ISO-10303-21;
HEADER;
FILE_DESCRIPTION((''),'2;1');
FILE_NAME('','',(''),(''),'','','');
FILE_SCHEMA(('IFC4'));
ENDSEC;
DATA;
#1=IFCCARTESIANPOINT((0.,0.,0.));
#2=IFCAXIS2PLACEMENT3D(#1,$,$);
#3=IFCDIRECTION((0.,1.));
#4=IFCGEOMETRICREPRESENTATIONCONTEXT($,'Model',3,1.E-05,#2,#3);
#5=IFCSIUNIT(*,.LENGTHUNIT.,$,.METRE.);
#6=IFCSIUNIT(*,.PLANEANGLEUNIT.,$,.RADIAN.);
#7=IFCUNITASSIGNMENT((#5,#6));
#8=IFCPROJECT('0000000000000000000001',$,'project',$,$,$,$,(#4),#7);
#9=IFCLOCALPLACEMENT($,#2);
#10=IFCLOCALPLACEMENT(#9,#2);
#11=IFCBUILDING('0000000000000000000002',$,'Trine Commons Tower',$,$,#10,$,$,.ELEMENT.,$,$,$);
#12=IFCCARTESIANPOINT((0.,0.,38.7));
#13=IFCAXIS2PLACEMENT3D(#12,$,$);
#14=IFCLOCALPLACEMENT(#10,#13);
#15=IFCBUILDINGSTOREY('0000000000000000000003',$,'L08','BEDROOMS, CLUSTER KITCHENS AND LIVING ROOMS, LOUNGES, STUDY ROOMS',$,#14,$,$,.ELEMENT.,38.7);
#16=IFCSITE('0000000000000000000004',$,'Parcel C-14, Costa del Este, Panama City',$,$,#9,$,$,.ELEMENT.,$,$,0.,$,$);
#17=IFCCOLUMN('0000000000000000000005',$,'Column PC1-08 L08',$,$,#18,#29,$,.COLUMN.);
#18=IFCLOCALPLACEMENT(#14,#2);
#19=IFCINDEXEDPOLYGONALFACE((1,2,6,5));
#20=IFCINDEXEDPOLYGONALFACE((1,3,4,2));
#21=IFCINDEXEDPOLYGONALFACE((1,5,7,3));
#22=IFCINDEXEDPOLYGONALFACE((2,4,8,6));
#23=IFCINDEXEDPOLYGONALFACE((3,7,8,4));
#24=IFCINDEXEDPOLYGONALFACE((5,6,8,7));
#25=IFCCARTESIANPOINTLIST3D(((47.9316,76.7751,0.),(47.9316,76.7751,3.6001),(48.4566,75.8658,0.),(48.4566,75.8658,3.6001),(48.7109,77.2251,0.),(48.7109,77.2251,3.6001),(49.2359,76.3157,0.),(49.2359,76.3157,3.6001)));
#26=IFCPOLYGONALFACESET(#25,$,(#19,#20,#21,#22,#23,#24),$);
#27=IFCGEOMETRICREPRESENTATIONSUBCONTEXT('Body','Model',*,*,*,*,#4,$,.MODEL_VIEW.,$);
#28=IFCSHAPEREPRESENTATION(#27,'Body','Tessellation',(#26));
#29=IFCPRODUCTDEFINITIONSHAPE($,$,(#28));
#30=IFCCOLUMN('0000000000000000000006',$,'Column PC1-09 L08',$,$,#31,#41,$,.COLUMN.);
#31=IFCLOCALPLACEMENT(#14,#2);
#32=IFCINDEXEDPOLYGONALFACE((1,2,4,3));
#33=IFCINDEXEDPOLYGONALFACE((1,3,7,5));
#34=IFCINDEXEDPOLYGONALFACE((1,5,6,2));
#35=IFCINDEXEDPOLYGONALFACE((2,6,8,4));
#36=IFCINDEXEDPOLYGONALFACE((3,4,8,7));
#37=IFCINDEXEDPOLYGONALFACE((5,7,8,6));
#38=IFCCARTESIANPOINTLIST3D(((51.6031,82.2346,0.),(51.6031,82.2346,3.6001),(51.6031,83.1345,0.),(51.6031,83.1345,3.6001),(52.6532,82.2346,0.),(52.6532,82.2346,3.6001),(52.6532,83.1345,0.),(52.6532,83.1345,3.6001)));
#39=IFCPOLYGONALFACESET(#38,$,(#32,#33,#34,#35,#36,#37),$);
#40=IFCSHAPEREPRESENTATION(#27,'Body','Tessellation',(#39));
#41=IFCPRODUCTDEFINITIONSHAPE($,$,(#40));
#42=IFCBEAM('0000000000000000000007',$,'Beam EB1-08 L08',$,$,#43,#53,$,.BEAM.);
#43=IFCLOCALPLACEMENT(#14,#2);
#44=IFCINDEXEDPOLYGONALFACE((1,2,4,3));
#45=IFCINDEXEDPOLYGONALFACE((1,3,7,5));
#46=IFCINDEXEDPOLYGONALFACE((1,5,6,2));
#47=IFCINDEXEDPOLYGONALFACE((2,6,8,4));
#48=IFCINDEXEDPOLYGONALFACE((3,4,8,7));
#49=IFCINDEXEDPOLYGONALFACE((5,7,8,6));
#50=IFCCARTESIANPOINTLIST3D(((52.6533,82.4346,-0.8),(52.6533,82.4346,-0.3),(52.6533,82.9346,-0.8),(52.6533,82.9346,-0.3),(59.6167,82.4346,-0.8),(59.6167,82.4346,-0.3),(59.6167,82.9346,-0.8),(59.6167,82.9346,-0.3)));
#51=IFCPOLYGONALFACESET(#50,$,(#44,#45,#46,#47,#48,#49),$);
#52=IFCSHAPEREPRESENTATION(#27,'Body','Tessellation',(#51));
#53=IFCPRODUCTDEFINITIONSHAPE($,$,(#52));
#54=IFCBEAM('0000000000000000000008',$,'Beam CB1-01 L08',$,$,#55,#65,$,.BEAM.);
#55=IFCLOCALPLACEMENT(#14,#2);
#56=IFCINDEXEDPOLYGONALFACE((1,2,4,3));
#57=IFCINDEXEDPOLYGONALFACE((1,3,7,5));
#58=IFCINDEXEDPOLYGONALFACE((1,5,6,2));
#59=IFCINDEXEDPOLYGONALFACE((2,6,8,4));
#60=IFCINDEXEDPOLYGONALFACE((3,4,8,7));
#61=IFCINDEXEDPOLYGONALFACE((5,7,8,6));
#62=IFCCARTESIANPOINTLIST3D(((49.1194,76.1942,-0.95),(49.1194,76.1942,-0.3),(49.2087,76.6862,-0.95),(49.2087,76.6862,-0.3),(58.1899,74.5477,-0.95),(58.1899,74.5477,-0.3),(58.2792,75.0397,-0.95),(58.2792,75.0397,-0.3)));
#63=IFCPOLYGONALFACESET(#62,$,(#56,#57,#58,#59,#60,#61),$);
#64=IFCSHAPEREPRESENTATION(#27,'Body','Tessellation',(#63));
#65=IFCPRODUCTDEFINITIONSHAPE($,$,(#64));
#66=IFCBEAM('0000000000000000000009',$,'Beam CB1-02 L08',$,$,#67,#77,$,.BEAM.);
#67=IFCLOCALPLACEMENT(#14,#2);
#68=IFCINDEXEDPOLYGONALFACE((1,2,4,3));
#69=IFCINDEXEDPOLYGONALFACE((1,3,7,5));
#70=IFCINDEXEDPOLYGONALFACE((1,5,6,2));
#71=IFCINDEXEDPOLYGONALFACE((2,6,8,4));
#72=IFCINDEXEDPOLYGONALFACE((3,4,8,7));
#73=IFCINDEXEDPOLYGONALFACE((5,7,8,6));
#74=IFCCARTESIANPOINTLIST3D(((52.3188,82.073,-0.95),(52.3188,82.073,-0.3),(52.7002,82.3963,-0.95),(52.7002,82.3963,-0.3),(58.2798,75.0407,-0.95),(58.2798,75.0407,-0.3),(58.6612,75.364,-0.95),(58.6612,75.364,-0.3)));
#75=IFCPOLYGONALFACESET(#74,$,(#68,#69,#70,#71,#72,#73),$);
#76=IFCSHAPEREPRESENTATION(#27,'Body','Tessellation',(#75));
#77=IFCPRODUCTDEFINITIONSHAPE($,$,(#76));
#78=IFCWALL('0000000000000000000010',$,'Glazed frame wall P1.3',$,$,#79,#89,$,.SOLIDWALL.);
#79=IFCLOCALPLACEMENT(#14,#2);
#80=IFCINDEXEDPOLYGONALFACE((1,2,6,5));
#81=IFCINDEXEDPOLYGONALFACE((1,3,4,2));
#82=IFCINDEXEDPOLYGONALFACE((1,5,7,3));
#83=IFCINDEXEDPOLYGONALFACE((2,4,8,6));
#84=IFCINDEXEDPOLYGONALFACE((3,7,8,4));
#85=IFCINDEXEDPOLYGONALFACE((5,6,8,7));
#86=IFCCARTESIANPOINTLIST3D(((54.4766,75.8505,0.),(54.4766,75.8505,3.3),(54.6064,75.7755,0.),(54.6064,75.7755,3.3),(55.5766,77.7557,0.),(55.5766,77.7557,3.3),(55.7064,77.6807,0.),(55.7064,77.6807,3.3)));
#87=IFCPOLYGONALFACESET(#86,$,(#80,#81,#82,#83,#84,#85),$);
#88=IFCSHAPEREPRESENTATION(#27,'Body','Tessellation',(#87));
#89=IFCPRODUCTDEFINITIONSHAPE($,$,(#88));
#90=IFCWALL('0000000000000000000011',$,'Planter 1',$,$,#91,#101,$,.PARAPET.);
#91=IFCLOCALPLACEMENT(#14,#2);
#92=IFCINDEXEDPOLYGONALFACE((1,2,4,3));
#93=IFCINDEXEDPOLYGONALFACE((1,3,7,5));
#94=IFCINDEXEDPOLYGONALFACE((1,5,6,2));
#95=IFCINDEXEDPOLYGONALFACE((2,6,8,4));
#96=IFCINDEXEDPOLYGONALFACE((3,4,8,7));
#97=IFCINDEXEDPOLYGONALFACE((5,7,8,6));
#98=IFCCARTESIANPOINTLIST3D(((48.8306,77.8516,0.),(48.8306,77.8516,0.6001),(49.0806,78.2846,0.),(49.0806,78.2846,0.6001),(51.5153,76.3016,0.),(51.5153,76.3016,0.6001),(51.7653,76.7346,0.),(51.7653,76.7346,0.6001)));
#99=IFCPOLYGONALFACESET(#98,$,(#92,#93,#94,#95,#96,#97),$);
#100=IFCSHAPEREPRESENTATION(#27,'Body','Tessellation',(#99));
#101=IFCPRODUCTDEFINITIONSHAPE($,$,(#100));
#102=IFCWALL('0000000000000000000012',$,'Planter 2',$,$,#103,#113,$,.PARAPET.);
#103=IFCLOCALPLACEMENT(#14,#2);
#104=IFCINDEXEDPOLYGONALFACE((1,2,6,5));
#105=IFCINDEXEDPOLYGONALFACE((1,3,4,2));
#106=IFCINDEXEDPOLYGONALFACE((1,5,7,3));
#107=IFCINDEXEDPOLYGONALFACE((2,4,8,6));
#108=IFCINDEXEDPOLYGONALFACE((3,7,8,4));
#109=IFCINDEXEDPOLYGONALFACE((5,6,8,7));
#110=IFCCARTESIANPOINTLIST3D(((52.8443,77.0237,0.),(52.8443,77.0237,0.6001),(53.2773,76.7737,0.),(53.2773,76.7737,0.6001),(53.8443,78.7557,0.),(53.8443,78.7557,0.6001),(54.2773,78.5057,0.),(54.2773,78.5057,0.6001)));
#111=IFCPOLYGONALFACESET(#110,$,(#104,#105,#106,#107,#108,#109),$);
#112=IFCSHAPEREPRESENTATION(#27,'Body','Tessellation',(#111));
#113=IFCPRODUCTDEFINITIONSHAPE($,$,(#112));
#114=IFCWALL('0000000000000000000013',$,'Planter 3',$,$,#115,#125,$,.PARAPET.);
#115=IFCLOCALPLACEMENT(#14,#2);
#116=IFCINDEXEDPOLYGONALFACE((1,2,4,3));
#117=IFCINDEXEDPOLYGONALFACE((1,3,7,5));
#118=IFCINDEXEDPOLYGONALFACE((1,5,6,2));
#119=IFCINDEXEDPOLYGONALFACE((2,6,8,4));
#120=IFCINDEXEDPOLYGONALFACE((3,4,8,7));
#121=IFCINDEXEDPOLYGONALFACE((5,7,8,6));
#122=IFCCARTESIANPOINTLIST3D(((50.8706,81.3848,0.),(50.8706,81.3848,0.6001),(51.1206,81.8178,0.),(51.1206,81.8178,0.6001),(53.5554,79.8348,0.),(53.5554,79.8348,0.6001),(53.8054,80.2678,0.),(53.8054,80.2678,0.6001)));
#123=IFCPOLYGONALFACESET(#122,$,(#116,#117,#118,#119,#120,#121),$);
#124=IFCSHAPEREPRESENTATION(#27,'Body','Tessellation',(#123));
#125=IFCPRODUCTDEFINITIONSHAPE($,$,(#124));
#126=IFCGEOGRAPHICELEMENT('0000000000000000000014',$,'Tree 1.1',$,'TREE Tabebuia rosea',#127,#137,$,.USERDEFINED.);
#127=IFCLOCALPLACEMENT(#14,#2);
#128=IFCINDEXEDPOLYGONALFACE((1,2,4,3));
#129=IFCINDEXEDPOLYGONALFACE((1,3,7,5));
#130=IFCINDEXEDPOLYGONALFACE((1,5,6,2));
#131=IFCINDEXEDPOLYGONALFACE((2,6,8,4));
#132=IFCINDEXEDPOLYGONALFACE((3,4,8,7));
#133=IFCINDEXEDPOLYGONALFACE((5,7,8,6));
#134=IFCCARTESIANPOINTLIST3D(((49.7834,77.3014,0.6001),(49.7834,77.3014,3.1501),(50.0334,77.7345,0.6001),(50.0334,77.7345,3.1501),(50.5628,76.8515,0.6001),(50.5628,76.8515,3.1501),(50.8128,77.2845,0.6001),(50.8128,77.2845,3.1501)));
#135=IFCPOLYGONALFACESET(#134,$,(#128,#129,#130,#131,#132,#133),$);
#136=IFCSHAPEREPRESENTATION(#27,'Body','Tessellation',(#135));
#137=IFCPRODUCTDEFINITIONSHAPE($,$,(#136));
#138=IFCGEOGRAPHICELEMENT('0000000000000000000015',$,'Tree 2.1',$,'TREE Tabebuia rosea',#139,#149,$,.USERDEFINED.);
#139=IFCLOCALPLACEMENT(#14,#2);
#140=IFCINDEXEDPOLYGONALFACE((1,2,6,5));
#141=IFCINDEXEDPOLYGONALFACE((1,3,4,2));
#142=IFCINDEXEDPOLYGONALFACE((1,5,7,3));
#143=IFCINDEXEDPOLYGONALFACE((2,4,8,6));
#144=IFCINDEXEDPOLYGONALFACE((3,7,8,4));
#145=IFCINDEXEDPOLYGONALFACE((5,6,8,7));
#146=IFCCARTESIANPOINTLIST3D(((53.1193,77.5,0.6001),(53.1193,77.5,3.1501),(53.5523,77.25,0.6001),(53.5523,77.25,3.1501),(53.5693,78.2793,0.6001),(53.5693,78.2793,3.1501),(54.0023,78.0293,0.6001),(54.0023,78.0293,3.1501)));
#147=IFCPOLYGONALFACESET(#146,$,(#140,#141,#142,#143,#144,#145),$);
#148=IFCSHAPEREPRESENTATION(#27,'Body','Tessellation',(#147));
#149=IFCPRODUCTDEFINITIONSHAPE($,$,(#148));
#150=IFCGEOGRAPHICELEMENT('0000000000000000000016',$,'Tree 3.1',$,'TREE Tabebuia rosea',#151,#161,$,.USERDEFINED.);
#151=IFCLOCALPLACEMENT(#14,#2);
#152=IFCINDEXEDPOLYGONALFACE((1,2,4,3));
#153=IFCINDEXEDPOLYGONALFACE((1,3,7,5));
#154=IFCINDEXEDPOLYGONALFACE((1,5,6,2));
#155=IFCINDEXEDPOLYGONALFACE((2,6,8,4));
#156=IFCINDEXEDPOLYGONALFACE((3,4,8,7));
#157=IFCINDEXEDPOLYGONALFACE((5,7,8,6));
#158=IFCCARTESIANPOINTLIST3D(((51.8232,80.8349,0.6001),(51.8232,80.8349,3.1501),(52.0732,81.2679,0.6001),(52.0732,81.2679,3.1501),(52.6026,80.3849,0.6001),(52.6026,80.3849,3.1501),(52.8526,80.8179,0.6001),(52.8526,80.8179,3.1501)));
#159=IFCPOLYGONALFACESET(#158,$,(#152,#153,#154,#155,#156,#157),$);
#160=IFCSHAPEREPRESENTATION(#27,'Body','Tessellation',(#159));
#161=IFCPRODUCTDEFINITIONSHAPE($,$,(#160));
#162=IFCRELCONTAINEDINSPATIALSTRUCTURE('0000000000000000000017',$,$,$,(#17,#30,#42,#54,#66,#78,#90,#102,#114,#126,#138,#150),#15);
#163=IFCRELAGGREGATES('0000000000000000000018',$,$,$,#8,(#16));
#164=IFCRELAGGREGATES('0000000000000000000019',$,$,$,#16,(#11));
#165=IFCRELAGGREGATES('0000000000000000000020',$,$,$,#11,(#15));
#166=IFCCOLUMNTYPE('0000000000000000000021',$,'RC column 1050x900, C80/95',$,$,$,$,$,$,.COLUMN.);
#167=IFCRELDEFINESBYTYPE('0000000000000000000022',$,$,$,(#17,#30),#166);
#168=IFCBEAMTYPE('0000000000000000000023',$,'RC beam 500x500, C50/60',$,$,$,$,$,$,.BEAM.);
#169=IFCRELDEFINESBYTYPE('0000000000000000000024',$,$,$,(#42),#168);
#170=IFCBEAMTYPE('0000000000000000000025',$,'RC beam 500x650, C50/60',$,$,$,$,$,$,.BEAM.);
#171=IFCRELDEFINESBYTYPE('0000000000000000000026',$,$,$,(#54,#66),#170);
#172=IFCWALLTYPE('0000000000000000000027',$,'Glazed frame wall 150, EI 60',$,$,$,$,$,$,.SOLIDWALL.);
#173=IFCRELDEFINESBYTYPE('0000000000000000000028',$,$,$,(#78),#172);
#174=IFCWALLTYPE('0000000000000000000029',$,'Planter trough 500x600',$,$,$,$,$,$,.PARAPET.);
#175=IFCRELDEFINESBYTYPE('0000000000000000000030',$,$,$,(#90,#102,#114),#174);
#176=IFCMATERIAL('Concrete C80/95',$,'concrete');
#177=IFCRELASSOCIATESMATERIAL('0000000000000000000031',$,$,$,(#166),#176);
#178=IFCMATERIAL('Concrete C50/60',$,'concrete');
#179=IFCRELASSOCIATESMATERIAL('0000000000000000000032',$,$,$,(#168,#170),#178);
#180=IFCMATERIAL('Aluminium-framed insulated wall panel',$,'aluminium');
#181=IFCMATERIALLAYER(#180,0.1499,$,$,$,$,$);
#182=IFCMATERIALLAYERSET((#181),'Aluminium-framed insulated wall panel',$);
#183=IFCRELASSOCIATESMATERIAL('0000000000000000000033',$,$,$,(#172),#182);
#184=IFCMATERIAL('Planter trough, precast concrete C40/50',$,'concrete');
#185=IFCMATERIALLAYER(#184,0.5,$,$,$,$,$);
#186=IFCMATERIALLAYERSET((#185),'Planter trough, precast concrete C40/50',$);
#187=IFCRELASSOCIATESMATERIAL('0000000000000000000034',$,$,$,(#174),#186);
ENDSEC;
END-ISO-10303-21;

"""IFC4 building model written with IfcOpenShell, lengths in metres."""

from ifc_helpers import new_model, si_unit, direction, frame, frame_2d, origin, origin_2d, place, context, subcontext, project, spatial, polyline, rectangle, outline, extrude, material, layer, layer_set, material_profile, profile_set, type_object, element, save


model = new_model("IFC4")

# Units and contexts
model_context = context("Model", 3, precision=1e-05, world=origin(), true_north=direction((0.0, 1.0)))
body_context = subcontext(model_context, "Body", "Model", "MODEL_VIEW")
ifc_project = project(units=[si_unit("LENGTHUNIT", "METRE"), si_unit("PLANEANGLEUNIT", "RADIAN")], contexts=[model_context])

# Site, building, storey
site_placement = place(None, origin())
site = spatial("IfcSite", under=ifc_project, at=site_placement, Name="Parcel C-14, Costa del Este, Panama City", CompositionType="ELEMENT", RefElevation=0.0)
building_placement = place(site_placement, origin())
building = spatial("IfcBuilding", under=site, at=building_placement, Name="Trine Commons Tower", CompositionType="ELEMENT")
storey_placement = place(building_placement, frame((0.0, 0.0, 38.7)))
storey = spatial("IfcBuildingStorey", under=building, at=storey_placement, Name="L08", Description="BEDROOMS, CLUSTER KITCHENS AND LIVING ROOMS, LOUNGES, STUDY ROOMS", CompositionType="ELEMENT", Elevation=38.7)

# Columns
ifc_material_1 = material(Name="Concrete C80/95", Category="concrete")
ifc_material_profile_1 = material_profile(ifc_material_1, rectangle(XDim=1.05, YDim=0.8999, at=origin_2d()), Name="RC 1050x900")
ifc_profile_set_1 = profile_set([ifc_material_profile_1], Name="Concrete C80/95")
column_type = type_object("IfcColumnType", Name="RC column 1050x900, C80/95", PredefinedType="COLUMN", material=ifc_profile_set_1)
for number, where, z_axis, x_axis, name in (
    (1, (48.5837, 76.5454, 0.0), (0.0, 0.0, 1.0), (-0.5, 0.866025, 0.0), "Column PC1-08 L08"),
    (2, (52.1282, 82.6846, 0.0), (0.0, 0.0, 1.0), (1.0, 0.0, 0.0), "Column PC1-09 L08"),
):
    element("IfcColumn", number, at=place(storey_placement, frame(where, z_axis=z_axis, x_axis=x_axis)), inside=storey, type_object=column_type, Name=name, PredefinedType="COLUMN", context=body_context, shape_type="SweptSolid", body=[
        extrude(rectangle(XDim=1.05, YDim=0.8999, at=origin_2d()), origin(), (0.0, 0.0, 1.0), 3.6001),
    ])

# Beams
ifc_material_2 = material(Name="Concrete C50/60", Category="concrete")
ifc_material_profile_2 = material_profile(ifc_material_2, rectangle(XDim=0.5, YDim=0.5, at=origin_2d()), Name="RC 500x500")
ifc_profile_set_2 = profile_set([ifc_material_profile_2], Name="Concrete C50/60")
beam_type_1 = type_object("IfcBeamType", Name="RC beam 500x500, C50/60", PredefinedType="BEAM", material=ifc_profile_set_2)
beam_placement = place(storey_placement, frame((52.6533, 82.6846, -0.55), z_axis=(1.0, 0.0, 0.0), x_axis=(0.0, 1.0, 0.0)))
element("IfcBeam", 3, at=beam_placement, inside=storey, type_object=beam_type_1, Name="Beam EB1-08 L08", PredefinedType="BEAM", context=body_context, shape_type="SweptSolid", body=[
    extrude(rectangle(XDim=0.5, YDim=0.5, at=origin_2d()), origin(), (0.0, 0.0, 1.0), 6.9634),
])
ifc_material_profile_3 = material_profile(ifc_material_2, rectangle(XDim=0.5, YDim=0.6499, at=origin_2d()), Name="RC 500x650")
ifc_profile_set_3 = profile_set([ifc_material_profile_3], Name="Concrete C50/60")
beam_type_2 = type_object("IfcBeamType", Name="RC beam 500x650, C50/60", PredefinedType="BEAM", material=ifc_profile_set_3)
for number, where, z_axis, x_axis, name in (
    (4, (49.1641, 76.4402, -0.625), (0.983922, -0.178601, 0.0), (0.178601, 0.983922, 0.0), "Beam CB1-01 L08"),
    (5, (52.5095, 82.2346, -0.625), (0.646612, -0.762819, 0.0), (0.762819, 0.646612, 0.0), "Beam CB1-02 L08"),
):
    element("IfcBeam", number, at=place(storey_placement, frame(where, z_axis=z_axis, x_axis=x_axis)), inside=storey, type_object=beam_type_2, Name=name, PredefinedType="BEAM", context=body_context, shape_type="SweptSolid", body=[
        extrude(rectangle(XDim=0.5, YDim=0.6499, at=origin_2d()), origin(), (0.0, 0.0, 1.0), 9.2188),
    ])

# Walls
ifc_material_3 = material(Name="Aluminium-framed insulated wall panel", Category="aluminium")
ifc_layer_1 = layer(ifc_material_3, 0.1499)
ifc_layer_set_1 = layer_set([ifc_layer_1], Name="Aluminium-framed insulated wall panel")
wall_type_1 = type_object("IfcWallType", Name="Glazed frame wall 150, EI 60", PredefinedType="SOLIDWALL", material=ifc_layer_set_1)
wall_1_placement = place(storey_placement, frame((54.5415, 75.813, 0.0), z_axis=(0.0, 0.0, 1.0), x_axis=(0.499995, 0.866028, 0.0)))
element("IfcWall", 6, at=wall_1_placement, inside=storey, type_object=wall_type_1, Name="Glazed frame wall P1.3", PredefinedType="SOLIDWALL", context=body_context, shape_type="SweptSolid", body=[
    extrude(outline(polyline([(0.0, -0.075), (2.2, -0.075), (2.2, 0.075), (0.0, 0.075), (0.0, -0.075)])), origin(), (0.0, 0.0, 1.0), 3.3),
])
ifc_material_4 = material(Name="Planter trough, precast concrete C40/50", Category="concrete")
ifc_layer_2 = layer(ifc_material_4, 0.5)
ifc_layer_set_2 = layer_set([ifc_layer_2], Name="Planter trough, precast concrete C40/50")
wall_type_2 = type_object("IfcWallType", Name="Planter trough 500x600", PredefinedType="PARAPET", material=ifc_layer_set_2)
wall_2_placement = place(storey_placement, frame((48.9556, 78.0681, 0.0), z_axis=(0.0, 0.0, 1.0), x_axis=(0.86603, -0.499993, 0.0)))
element("IfcWall", 7, at=wall_2_placement, inside=storey, type_object=wall_type_2, Name="Planter 1", PredefinedType="PARAPET", context=body_context, shape_type="SweptSolid", body=[
    extrude(rectangle(XDim=3.1001, YDim=0.5, at=frame_2d((1.55, 0.0))), origin(), (0.0, 0.0, 1.0), 0.6001),
])
wall_3_placement = place(storey_placement, frame((53.0608, 76.8987, 0.0), z_axis=(0.0, 0.0, 1.0), x_axis=(0.500025, 0.866011, 0.0)))
element("IfcWall", 8, at=wall_3_placement, inside=storey, type_object=wall_type_2, Name="Planter 2", PredefinedType="PARAPET", context=body_context, shape_type="SweptSolid", body=[
    extrude(rectangle(XDim=2.0, YDim=0.5, at=frame_2d((1.0, 0.0))), origin(), (0.0, 0.0, 1.0), 0.6001),
])
wall_4_placement = place(storey_placement, frame((53.6804, 80.0513, 0.0), z_axis=(0.0, 0.0, 1.0), x_axis=(-0.86603, 0.499993, 0.0)))
element("IfcWall", 9, at=wall_4_placement, inside=storey, type_object=wall_type_2, Name="Planter 3", PredefinedType="PARAPET", context=body_context, shape_type="SweptSolid", body=[
    extrude(rectangle(XDim=3.1001, YDim=0.5, at=frame_2d((1.55, 0.0))), origin(), (0.0, 0.0, 1.0), 0.6001),
])

# Geographic elements
for number, where, z_axis, x_axis, name in (
    (10, (50.2981, 77.293, 0.6001), (0.0, 0.0, 1.0), (0.866026, -0.499998, 0.0), "Tree 1.1"),
    (11, (53.5608, 77.7646, 0.6001), (0.0, 0.0, 1.0), (0.500011, 0.866019, 0.0), "Tree 2.1"),
    (12, (52.3379, 80.8264, 0.6001), (0.0, 0.0, 1.0), (-0.866026, 0.499998, 0.0), "Tree 3.1"),
):
    element("IfcGeographicElement", number, at=place(storey_placement, frame(where, z_axis=z_axis, x_axis=x_axis)), inside=storey, Name=name, ObjectType="TREE Tabebuia rosea", PredefinedType="USERDEFINED", context=body_context, shape_type="SweptSolid", body=[
        extrude(rectangle(XDim=0.8999, YDim=0.5, at=origin_2d()), origin(), (0.0, 0.0, 1.0), 2.55),
    ])

save(model, "model.ifc")
